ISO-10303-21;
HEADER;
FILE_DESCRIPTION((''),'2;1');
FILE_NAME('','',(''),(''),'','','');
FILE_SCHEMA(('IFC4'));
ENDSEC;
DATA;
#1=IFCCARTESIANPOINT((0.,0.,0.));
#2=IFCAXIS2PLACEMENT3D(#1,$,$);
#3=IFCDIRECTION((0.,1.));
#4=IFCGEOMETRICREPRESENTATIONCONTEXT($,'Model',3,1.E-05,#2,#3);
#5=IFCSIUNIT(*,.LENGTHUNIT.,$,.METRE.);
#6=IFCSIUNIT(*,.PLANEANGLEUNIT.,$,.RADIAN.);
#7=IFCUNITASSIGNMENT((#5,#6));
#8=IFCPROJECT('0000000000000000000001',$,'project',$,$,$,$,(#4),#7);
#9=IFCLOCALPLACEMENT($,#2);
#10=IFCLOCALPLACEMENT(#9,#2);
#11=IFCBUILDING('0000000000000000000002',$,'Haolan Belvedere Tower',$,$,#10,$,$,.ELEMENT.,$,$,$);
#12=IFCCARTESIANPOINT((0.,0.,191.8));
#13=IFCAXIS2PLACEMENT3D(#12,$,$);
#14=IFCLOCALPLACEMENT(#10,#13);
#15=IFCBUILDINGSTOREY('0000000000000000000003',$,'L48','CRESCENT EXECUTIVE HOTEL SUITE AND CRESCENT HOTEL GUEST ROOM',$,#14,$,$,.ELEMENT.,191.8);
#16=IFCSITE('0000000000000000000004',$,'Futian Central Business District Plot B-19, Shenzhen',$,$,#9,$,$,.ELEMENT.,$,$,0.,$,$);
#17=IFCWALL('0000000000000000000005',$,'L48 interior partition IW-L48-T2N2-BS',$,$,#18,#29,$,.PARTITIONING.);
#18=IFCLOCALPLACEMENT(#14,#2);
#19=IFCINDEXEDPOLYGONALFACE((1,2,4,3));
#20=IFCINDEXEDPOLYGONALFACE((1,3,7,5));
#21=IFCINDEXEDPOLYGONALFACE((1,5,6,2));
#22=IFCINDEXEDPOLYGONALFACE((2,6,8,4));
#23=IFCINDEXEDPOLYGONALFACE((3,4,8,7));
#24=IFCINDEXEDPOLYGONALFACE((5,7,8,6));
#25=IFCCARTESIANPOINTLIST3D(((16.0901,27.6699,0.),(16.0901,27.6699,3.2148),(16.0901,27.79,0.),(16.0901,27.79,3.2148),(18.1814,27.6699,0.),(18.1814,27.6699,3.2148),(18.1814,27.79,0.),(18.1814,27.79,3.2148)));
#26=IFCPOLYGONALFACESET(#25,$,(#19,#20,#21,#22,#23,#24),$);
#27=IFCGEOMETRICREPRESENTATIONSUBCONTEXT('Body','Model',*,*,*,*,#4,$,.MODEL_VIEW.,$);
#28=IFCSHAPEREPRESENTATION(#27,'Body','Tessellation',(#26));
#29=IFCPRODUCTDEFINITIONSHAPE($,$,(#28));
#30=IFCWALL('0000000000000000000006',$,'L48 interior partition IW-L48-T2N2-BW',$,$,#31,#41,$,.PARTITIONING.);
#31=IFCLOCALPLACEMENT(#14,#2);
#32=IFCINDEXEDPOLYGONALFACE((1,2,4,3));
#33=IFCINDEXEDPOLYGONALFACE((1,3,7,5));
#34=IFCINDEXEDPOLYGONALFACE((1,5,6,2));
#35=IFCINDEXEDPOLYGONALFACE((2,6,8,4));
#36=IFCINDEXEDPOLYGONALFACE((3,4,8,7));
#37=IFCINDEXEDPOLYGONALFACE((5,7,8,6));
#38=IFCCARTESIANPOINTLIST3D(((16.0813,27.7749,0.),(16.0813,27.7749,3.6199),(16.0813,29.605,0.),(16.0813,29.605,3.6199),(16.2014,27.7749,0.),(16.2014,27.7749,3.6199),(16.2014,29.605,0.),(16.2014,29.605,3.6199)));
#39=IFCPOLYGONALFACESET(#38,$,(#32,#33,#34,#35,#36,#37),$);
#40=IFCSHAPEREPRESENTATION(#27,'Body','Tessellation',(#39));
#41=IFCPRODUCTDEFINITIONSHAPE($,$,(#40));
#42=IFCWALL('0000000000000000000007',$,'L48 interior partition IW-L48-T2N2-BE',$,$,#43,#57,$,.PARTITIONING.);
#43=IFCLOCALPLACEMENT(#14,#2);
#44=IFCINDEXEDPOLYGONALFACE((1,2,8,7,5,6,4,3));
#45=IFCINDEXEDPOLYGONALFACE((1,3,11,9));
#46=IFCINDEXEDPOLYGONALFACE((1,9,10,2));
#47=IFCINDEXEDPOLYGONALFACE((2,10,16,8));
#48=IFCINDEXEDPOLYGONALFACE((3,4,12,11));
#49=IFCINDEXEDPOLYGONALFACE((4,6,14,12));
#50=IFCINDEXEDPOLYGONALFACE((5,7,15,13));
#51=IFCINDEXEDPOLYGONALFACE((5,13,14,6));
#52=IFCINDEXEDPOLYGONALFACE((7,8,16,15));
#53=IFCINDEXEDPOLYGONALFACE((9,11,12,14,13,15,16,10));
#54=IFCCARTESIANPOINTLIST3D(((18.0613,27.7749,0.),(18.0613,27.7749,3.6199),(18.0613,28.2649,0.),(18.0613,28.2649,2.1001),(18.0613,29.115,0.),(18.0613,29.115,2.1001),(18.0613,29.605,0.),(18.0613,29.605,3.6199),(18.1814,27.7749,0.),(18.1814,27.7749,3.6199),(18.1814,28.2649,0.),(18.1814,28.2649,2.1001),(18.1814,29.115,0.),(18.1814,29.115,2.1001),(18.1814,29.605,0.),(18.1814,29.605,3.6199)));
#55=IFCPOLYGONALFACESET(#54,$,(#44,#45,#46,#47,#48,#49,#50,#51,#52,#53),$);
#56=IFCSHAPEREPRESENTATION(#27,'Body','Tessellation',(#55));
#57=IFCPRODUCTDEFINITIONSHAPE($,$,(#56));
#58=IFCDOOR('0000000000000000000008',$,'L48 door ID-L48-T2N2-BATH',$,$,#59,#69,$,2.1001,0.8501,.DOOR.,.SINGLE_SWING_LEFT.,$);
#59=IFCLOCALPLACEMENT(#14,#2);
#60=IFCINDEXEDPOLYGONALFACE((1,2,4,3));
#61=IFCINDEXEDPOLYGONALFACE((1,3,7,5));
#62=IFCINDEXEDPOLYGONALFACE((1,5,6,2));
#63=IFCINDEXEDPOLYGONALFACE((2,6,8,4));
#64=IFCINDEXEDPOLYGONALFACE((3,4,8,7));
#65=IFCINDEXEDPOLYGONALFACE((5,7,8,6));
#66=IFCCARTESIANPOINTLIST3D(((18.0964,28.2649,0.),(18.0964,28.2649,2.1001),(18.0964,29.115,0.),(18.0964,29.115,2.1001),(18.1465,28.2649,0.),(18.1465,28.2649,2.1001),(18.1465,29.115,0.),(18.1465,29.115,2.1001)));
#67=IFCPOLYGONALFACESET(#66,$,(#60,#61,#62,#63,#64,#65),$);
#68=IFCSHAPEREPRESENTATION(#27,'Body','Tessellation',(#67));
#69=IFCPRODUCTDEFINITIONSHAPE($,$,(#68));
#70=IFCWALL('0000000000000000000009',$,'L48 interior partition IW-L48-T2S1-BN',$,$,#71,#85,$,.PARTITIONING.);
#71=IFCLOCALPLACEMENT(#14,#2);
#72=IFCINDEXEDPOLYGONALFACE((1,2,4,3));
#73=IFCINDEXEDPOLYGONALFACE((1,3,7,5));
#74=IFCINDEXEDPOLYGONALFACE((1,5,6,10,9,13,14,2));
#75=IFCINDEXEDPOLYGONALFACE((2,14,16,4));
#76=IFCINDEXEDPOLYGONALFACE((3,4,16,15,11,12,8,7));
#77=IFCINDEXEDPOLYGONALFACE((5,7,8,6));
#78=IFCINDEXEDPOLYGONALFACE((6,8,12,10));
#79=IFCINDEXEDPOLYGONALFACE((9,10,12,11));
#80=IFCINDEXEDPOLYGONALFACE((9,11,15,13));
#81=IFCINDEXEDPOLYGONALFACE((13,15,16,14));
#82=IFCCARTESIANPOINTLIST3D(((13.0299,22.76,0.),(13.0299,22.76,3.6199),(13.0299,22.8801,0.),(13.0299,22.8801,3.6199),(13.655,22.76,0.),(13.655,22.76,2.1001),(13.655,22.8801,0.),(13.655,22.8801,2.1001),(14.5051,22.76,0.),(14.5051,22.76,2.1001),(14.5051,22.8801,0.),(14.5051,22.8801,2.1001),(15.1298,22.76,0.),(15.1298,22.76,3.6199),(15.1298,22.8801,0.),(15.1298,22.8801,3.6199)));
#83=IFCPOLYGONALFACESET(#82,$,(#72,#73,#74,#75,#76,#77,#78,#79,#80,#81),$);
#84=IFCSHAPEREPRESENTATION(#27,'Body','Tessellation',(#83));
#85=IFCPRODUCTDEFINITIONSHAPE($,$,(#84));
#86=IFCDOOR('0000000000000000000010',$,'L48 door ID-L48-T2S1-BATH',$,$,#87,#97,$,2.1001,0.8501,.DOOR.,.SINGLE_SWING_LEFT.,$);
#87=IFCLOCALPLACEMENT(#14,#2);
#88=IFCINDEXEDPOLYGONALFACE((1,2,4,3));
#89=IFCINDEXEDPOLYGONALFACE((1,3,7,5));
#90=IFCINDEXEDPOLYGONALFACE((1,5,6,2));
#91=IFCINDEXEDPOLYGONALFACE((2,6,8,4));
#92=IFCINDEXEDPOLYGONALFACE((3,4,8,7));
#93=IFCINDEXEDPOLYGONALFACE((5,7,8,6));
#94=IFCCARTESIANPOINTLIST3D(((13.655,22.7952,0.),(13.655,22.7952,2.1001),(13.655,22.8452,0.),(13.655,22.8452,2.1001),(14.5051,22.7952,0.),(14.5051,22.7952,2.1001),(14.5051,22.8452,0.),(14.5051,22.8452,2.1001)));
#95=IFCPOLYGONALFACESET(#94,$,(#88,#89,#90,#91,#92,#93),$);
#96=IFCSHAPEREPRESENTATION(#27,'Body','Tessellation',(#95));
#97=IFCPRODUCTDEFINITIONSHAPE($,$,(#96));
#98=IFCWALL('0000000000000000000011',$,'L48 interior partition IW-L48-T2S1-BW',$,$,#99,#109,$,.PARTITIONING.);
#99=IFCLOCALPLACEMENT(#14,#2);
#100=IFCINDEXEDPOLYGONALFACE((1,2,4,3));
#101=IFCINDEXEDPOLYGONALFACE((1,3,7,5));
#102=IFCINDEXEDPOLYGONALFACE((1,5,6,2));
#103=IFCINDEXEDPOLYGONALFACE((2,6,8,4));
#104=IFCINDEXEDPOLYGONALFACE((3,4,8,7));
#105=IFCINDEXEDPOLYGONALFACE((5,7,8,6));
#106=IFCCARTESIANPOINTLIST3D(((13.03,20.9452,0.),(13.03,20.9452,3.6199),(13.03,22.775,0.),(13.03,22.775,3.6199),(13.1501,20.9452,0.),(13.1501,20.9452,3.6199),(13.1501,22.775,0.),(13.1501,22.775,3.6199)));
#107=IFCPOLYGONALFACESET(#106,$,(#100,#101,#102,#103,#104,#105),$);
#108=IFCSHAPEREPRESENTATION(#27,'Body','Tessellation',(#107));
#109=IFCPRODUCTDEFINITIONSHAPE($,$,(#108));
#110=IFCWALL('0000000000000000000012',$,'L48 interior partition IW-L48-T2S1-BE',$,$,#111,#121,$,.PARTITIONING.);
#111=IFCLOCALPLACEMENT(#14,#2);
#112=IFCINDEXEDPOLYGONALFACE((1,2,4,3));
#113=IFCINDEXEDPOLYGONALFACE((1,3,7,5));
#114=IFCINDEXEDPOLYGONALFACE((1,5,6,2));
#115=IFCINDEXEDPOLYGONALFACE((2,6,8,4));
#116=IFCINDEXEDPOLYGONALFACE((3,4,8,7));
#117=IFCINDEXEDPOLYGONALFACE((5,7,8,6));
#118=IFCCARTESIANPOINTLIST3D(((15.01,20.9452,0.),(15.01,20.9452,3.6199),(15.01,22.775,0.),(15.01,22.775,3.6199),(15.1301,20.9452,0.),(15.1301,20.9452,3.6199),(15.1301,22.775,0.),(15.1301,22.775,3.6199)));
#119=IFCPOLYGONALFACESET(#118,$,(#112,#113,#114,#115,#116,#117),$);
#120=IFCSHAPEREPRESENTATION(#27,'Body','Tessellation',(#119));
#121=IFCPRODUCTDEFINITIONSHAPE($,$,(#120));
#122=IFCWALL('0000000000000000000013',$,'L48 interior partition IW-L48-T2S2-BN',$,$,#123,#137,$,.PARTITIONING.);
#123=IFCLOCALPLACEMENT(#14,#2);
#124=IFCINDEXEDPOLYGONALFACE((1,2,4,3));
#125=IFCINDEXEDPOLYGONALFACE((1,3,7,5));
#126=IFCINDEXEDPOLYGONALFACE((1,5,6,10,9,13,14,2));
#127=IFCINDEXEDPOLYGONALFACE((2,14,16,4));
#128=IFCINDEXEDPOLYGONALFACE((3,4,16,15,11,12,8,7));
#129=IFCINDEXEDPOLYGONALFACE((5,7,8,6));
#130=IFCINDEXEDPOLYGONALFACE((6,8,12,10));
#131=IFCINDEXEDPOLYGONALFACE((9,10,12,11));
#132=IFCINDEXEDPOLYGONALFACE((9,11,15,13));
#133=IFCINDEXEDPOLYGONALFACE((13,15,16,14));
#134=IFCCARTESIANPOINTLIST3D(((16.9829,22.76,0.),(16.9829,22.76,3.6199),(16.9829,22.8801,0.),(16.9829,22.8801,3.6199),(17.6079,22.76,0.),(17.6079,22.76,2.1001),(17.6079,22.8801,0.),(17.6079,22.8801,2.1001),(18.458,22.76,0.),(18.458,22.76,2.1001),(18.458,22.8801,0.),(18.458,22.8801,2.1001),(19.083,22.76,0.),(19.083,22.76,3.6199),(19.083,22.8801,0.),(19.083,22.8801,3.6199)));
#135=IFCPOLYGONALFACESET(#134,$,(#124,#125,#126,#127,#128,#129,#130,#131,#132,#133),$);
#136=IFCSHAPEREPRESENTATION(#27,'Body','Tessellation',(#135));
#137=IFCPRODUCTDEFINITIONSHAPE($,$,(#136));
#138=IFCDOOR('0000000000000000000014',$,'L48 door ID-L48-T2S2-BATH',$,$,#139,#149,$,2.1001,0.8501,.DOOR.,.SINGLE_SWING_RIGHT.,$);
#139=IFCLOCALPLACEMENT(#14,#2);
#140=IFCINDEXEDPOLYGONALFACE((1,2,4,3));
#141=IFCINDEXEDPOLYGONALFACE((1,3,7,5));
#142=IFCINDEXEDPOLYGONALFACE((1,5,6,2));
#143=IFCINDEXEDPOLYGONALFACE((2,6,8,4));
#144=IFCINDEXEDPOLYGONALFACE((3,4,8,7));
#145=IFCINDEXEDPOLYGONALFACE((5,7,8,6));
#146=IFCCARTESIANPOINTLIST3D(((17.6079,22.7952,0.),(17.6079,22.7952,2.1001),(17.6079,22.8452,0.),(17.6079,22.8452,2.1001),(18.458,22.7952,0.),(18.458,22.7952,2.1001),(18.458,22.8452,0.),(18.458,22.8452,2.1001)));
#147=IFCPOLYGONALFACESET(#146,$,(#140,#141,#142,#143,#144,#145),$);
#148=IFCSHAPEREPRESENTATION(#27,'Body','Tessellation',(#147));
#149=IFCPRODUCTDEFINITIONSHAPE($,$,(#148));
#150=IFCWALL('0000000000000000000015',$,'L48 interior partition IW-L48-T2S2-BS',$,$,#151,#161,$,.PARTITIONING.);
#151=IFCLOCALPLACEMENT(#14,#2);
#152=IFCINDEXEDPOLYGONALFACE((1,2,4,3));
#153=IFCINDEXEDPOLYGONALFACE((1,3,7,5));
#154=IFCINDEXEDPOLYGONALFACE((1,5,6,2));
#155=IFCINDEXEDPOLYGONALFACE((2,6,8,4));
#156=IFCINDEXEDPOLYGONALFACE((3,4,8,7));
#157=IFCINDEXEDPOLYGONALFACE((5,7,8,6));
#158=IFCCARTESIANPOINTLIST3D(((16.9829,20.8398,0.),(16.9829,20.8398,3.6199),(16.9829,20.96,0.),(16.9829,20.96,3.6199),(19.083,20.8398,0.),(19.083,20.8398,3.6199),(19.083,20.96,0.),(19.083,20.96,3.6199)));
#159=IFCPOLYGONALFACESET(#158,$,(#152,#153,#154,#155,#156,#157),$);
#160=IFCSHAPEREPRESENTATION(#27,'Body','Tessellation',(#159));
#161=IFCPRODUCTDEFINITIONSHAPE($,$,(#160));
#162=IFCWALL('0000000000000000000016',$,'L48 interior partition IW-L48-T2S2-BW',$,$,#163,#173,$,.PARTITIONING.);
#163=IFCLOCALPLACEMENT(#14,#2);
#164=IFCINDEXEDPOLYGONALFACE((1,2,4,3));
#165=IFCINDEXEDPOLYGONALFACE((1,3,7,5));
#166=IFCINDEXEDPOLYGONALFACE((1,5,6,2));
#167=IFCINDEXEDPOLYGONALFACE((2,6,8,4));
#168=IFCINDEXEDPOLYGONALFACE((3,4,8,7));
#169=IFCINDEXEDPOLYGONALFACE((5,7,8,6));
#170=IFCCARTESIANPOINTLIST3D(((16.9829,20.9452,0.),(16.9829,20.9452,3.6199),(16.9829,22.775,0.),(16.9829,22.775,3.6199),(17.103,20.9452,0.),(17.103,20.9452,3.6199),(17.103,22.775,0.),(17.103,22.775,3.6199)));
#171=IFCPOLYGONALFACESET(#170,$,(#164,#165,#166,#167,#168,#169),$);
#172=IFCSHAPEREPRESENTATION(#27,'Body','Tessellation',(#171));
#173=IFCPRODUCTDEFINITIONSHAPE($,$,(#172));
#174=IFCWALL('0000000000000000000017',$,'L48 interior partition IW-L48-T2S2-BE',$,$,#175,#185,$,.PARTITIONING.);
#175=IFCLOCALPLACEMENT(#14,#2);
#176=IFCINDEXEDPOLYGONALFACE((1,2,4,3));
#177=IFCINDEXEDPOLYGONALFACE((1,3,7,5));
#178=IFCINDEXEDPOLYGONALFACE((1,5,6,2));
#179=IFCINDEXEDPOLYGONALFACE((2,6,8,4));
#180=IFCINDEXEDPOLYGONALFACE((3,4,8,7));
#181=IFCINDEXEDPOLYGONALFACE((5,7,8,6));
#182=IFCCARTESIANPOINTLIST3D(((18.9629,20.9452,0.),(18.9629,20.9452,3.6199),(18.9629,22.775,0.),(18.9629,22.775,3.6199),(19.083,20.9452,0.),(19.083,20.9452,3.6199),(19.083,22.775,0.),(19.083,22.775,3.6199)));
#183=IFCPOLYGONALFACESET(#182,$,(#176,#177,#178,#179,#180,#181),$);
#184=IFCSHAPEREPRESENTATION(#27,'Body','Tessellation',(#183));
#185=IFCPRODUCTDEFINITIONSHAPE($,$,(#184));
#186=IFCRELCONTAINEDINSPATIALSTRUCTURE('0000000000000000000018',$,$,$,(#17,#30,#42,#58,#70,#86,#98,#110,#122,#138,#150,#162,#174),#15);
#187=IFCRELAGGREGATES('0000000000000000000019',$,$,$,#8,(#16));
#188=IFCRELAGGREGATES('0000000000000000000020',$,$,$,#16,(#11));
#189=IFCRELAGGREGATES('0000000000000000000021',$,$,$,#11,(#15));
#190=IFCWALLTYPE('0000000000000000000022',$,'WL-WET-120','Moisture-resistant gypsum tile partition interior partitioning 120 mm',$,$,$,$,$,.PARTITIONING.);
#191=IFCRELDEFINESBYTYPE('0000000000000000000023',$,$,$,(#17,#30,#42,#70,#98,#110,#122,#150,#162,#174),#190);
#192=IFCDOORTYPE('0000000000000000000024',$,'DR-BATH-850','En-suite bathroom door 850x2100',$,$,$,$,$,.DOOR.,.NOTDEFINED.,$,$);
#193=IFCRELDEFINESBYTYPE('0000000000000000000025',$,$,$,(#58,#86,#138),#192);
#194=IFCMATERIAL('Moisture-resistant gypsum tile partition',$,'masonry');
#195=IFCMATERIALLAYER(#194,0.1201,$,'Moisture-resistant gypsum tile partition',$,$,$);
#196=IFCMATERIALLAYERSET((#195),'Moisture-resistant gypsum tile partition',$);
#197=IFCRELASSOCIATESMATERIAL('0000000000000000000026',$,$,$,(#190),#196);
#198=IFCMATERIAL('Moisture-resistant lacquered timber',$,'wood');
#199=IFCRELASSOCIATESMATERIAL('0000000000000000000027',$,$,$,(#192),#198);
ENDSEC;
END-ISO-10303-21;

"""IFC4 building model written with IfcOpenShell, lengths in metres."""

from ifc_helpers import new_model, si_unit, direction, frame, frame_2d, origin, place, context, subcontext, project, spatial, rectangle, extrude, material, layer, layer_set, type_object, element, fill, save


model = new_model("IFC4")

# Units and contexts
model_context = context("Model", 3, precision=1e-05, world=origin(), true_north=direction((0.0, 1.0)))
body_context = subcontext(model_context, "Body", "Model", "MODEL_VIEW")
ifc_project = project(units=[si_unit("LENGTHUNIT", "METRE"), si_unit("PLANEANGLEUNIT", "RADIAN")], contexts=[model_context])

# Site, building, storey
site_placement = place(None, origin())
site = spatial("IfcSite", under=ifc_project, at=site_placement, Name="Futian Central Business District Plot B-19, Shenzhen", CompositionType="ELEMENT", RefElevation=0.0)
building_placement = place(site_placement, origin())
building = spatial("IfcBuilding", under=site, at=building_placement, Name="Haolan Belvedere Tower", CompositionType="ELEMENT")
storey_placement = place(building_placement, frame((0.0, 0.0, 191.8)))
storey = spatial("IfcBuildingStorey", under=building, at=storey_placement, Name="L48", Description="CRESCENT EXECUTIVE HOTEL SUITE AND CRESCENT HOTEL GUEST ROOM", CompositionType="ELEMENT", Elevation=191.8)

# Walls
ifc_material_1 = material(Name="Moisture-resistant gypsum tile partition", Category="masonry")
ifc_layer_1 = layer(ifc_material_1, 0.1201, Name="Moisture-resistant gypsum tile partition")
ifc_layer_set_1 = layer_set([ifc_layer_1], Name="Moisture-resistant gypsum tile partition")
wall_type_1 = type_object("IfcWallType", Name="WL-WET-120", Description="Moisture-resistant gypsum tile partition interior partitioning 120 mm", PredefinedType="PARTITIONING", material=ifc_layer_set_1)
wall_1_placement = place(storey_placement, frame((16.0901, 27.73, 0.0), z_axis=(0.0, 0.0, 1.0), x_axis=(1.0, 0.0, 0.0)))
element("IfcWall", 1, at=wall_1_placement, inside=storey, type_object=wall_type_1, Name="L48 interior partition IW-L48-T2N2-BS", PredefinedType="PARTITIONING", context=body_context, shape_type="SweptSolid", body=[
    extrude(rectangle(XDim=2.0913, YDim=0.1201, at=frame_2d((1.0457, 0.0))), origin(), (0.0, 0.0, 1.0), 3.2148),
])
wall_2_placement = place(storey_placement, frame((16.1414, 27.7749, 0.0), z_axis=(0.0, 0.0, 1.0), x_axis=(0.0, 1.0, 0.0)))
element("IfcWall", 2, at=wall_2_placement, inside=storey, type_object=wall_type_1, Name="L48 interior partition IW-L48-T2N2-BW", PredefinedType="PARTITIONING", context=body_context, shape_type="SweptSolid", body=[
    extrude(rectangle(XDim=1.8301, YDim=0.1201, at=frame_2d((0.915, 0.0))), origin(), (0.0, 0.0, 1.0), 3.6199),
])

# Walls, openings, doors
wall_3_placement = place(storey_placement, frame((18.1213, 27.7749, 0.0), z_axis=(0.0, 0.0, 1.0), x_axis=(0.0, 1.0, 0.0)))
wall_3 = element("IfcWall", 3, at=wall_3_placement, inside=storey, type_object=wall_type_1, Name="L48 interior partition IW-L48-T2N2-BE", PredefinedType="PARTITIONING", context=body_context, shape_type="SweptSolid", body=[
    extrude(rectangle(XDim=1.8301, YDim=0.1201, at=frame_2d((0.915, 0.0))), origin(), (0.0, 0.0, 1.0), 3.6199),
])
opening_1_placement = place(wall_3_placement, frame((0.49, 0.0, 0.0)))
opening_1 = element("IfcOpeningElement", 4, at=opening_1_placement, cuts=wall_3, PredefinedType="OPENING", context=body_context, shape_type="SweptSolid", body=[
    extrude(rectangle(XDim=0.8501, YDim=2.1001, at=frame_2d((0.425, 1.05))), frame((0.0, 0.0701, 0.0), z_axis=(0.0, -1.0, 0.0), x_axis=(1.0, 0.0, 0.0)), (0.0, 0.0, 1.0), 0.1401),
])
ifc_material_2 = material(Name="Moisture-resistant lacquered timber", Category="wood")
door_type_1 = type_object("IfcDoorType", Name="DR-BATH-850", Description="En-suite bathroom door 850x2100", OperationType="NOTDEFINED", PredefinedType="DOOR", material=ifc_material_2)
door_1_placement = place(opening_1_placement, origin())
door_1 = element("IfcDoor", 5, at=door_1_placement, inside=storey, type_object=door_type_1, Name="L48 door ID-L48-T2N2-BATH", OperationType="SINGLE_SWING_LEFT", OverallHeight=2.1001, OverallWidth=0.8501, PredefinedType="DOOR", context=body_context, shape_type="SweptSolid", body=[
    extrude(rectangle(XDim=0.8501, YDim=2.1001, at=frame_2d((0.425, 1.05))), frame((0.0, 0.0249, 0.0), z_axis=(0.0, -1.0, 0.0), x_axis=(1.0, 0.0, 0.0)), (0.0, 0.0, 1.0), 0.05),
])
fill(opening_1, door_1)
wall_4_placement = place(storey_placement, frame((13.03, 22.8201, 0.0), z_axis=(0.0, 0.0, 1.0), x_axis=(1.0, 0.0, 0.0)))
wall_4 = element("IfcWall", 6, at=wall_4_placement, inside=storey, type_object=wall_type_1, Name="L48 interior partition IW-L48-T2S1-BN", PredefinedType="PARTITIONING", context=body_context, shape_type="SweptSolid", body=[
    extrude(rectangle(XDim=2.0999, YDim=0.1201, at=frame_2d((1.0498, 0.0))), origin(), (0.0, 0.0, 1.0), 3.6199),
])
opening_2_placement = place(wall_4_placement, frame((1.4751, 0.0, 0.0), z_axis=(0.0, 0.0, 1.0), x_axis=(-1.0, 0.0, 0.0)))
opening_2 = element("IfcOpeningElement", 7, at=opening_2_placement, cuts=wall_4, PredefinedType="OPENING", context=body_context, shape_type="SweptSolid", body=[
    extrude(rectangle(XDim=0.8501, YDim=2.1001, at=frame_2d((0.425, 1.05))), frame((0.0, 0.0701, 0.0), z_axis=(0.0, -1.0, 0.0), x_axis=(1.0, 0.0, 0.0)), (0.0, 0.0, 1.0), 0.1401),
])
door_2_placement = place(opening_2_placement, origin())
door_2 = element("IfcDoor", 8, at=door_2_placement, inside=storey, type_object=door_type_1, Name="L48 door ID-L48-T2S1-BATH", OperationType="SINGLE_SWING_LEFT", OverallHeight=2.1001, OverallWidth=0.8501, PredefinedType="DOOR", context=body_context, shape_type="SweptSolid", body=[
    extrude(rectangle(XDim=0.8501, YDim=2.1001, at=frame_2d((0.425, 1.05))), frame((0.0, 0.0249, 0.0), z_axis=(0.0, -1.0, 0.0), x_axis=(1.0, 0.0, 0.0)), (0.0, 0.0, 1.0), 0.05),
])
fill(opening_2, door_2)

# Walls
for number, where, z_axis, x_axis, name in (
    (9, (13.0901, 20.9451, 0.0), (0.0, 0.0, 1.0), (0.0, 1.0, 0.0), "L48 interior partition IW-L48-T2S1-BW"),
    (10, (15.0701, 20.9451, 0.0), (0.0, 0.0, 1.0), (0.0, 1.0, 0.0), "L48 interior partition IW-L48-T2S1-BE"),
):
    element("IfcWall", number, at=place(storey_placement, frame(where, z_axis=z_axis, x_axis=x_axis)), inside=storey, type_object=wall_type_1, Name=name, PredefinedType="PARTITIONING", context=body_context, shape_type="SweptSolid", body=[
        extrude(rectangle(XDim=1.8298, YDim=0.1201, at=frame_2d((0.915, 0.0))), origin(), (0.0, 0.0, 1.0), 3.6199),
    ])

# Wall, opening, door
wall_5_placement = place(storey_placement, frame((16.9829, 22.8201, 0.0), z_axis=(0.0, 0.0, 1.0), x_axis=(1.0, 0.0, 0.0)))
wall_5 = element("IfcWall", 11, at=wall_5_placement, inside=storey, type_object=wall_type_1, Name="L48 interior partition IW-L48-T2S2-BN", PredefinedType="PARTITIONING", context=body_context, shape_type="SweptSolid", body=[
    extrude(rectangle(XDim=2.1001, YDim=0.1201, at=frame_2d((1.05, 0.0))), origin(), (0.0, 0.0, 1.0), 3.6199),
])
opening_3_placement = place(wall_5_placement, frame((1.4751, 0.0, 0.0), z_axis=(0.0, 0.0, 1.0), x_axis=(-1.0, 0.0, 0.0)))
opening_3 = element("IfcOpeningElement", 12, at=opening_3_placement, cuts=wall_5, PredefinedType="OPENING", context=body_context, shape_type="SweptSolid", body=[
    extrude(rectangle(XDim=0.8501, YDim=2.1001, at=frame_2d((0.425, 1.05))), frame((0.0, 0.0701, 0.0), z_axis=(0.0, -1.0, 0.0), x_axis=(1.0, 0.0, 0.0)), (0.0, 0.0, 1.0), 0.1401),
])
door_3_placement = place(opening_3_placement, origin())
door_3 = element("IfcDoor", 13, at=door_3_placement, inside=storey, type_object=door_type_1, Name="L48 door ID-L48-T2S2-BATH", OperationType="SINGLE_SWING_RIGHT", OverallHeight=2.1001, OverallWidth=0.8501, PredefinedType="DOOR", context=body_context, shape_type="SweptSolid", body=[
    extrude(rectangle(XDim=0.8501, YDim=2.1001, at=frame_2d((0.425, 1.05))), frame((0.0, 0.0249, 0.0), z_axis=(0.0, -1.0, 0.0), x_axis=(1.0, 0.0, 0.0)), (0.0, 0.0, 1.0), 0.05),
])
fill(opening_3, door_3)

# Walls
wall_6_placement = place(storey_placement, frame((16.9829, 20.8999, 0.0), z_axis=(0.0, 0.0, 1.0), x_axis=(1.0, 0.0, 0.0)))
element("IfcWall", 14, at=wall_6_placement, inside=storey, type_object=wall_type_1, Name="L48 interior partition IW-L48-T2S2-BS", PredefinedType="PARTITIONING", context=body_context, shape_type="SweptSolid", body=[
    extrude(rectangle(XDim=2.1001, YDim=0.1201, at=frame_2d((1.05, 0.0))), origin(), (0.0, 0.0, 1.0), 3.6199),
])
for number, where, z_axis, x_axis, name in (
    (15, (17.043, 20.9451, 0.0), (0.0, 0.0, 1.0), (0.0, 1.0, 0.0), "L48 interior partition IW-L48-T2S2-BW"),
    (16, (19.0229, 20.9451, 0.0), (0.0, 0.0, 1.0), (0.0, 1.0, 0.0), "L48 interior partition IW-L48-T2S2-BE"),
):
    element("IfcWall", number, at=place(storey_placement, frame(where, z_axis=z_axis, x_axis=x_axis)), inside=storey, type_object=wall_type_1, Name=name, PredefinedType="PARTITIONING", context=body_context, shape_type="SweptSolid", body=[
        extrude(rectangle(XDim=1.8298, YDim=0.1201, at=frame_2d((0.915, 0.0))), origin(), (0.0, 0.0, 1.0), 3.6199),
    ])

save(model, "model.ifc")
